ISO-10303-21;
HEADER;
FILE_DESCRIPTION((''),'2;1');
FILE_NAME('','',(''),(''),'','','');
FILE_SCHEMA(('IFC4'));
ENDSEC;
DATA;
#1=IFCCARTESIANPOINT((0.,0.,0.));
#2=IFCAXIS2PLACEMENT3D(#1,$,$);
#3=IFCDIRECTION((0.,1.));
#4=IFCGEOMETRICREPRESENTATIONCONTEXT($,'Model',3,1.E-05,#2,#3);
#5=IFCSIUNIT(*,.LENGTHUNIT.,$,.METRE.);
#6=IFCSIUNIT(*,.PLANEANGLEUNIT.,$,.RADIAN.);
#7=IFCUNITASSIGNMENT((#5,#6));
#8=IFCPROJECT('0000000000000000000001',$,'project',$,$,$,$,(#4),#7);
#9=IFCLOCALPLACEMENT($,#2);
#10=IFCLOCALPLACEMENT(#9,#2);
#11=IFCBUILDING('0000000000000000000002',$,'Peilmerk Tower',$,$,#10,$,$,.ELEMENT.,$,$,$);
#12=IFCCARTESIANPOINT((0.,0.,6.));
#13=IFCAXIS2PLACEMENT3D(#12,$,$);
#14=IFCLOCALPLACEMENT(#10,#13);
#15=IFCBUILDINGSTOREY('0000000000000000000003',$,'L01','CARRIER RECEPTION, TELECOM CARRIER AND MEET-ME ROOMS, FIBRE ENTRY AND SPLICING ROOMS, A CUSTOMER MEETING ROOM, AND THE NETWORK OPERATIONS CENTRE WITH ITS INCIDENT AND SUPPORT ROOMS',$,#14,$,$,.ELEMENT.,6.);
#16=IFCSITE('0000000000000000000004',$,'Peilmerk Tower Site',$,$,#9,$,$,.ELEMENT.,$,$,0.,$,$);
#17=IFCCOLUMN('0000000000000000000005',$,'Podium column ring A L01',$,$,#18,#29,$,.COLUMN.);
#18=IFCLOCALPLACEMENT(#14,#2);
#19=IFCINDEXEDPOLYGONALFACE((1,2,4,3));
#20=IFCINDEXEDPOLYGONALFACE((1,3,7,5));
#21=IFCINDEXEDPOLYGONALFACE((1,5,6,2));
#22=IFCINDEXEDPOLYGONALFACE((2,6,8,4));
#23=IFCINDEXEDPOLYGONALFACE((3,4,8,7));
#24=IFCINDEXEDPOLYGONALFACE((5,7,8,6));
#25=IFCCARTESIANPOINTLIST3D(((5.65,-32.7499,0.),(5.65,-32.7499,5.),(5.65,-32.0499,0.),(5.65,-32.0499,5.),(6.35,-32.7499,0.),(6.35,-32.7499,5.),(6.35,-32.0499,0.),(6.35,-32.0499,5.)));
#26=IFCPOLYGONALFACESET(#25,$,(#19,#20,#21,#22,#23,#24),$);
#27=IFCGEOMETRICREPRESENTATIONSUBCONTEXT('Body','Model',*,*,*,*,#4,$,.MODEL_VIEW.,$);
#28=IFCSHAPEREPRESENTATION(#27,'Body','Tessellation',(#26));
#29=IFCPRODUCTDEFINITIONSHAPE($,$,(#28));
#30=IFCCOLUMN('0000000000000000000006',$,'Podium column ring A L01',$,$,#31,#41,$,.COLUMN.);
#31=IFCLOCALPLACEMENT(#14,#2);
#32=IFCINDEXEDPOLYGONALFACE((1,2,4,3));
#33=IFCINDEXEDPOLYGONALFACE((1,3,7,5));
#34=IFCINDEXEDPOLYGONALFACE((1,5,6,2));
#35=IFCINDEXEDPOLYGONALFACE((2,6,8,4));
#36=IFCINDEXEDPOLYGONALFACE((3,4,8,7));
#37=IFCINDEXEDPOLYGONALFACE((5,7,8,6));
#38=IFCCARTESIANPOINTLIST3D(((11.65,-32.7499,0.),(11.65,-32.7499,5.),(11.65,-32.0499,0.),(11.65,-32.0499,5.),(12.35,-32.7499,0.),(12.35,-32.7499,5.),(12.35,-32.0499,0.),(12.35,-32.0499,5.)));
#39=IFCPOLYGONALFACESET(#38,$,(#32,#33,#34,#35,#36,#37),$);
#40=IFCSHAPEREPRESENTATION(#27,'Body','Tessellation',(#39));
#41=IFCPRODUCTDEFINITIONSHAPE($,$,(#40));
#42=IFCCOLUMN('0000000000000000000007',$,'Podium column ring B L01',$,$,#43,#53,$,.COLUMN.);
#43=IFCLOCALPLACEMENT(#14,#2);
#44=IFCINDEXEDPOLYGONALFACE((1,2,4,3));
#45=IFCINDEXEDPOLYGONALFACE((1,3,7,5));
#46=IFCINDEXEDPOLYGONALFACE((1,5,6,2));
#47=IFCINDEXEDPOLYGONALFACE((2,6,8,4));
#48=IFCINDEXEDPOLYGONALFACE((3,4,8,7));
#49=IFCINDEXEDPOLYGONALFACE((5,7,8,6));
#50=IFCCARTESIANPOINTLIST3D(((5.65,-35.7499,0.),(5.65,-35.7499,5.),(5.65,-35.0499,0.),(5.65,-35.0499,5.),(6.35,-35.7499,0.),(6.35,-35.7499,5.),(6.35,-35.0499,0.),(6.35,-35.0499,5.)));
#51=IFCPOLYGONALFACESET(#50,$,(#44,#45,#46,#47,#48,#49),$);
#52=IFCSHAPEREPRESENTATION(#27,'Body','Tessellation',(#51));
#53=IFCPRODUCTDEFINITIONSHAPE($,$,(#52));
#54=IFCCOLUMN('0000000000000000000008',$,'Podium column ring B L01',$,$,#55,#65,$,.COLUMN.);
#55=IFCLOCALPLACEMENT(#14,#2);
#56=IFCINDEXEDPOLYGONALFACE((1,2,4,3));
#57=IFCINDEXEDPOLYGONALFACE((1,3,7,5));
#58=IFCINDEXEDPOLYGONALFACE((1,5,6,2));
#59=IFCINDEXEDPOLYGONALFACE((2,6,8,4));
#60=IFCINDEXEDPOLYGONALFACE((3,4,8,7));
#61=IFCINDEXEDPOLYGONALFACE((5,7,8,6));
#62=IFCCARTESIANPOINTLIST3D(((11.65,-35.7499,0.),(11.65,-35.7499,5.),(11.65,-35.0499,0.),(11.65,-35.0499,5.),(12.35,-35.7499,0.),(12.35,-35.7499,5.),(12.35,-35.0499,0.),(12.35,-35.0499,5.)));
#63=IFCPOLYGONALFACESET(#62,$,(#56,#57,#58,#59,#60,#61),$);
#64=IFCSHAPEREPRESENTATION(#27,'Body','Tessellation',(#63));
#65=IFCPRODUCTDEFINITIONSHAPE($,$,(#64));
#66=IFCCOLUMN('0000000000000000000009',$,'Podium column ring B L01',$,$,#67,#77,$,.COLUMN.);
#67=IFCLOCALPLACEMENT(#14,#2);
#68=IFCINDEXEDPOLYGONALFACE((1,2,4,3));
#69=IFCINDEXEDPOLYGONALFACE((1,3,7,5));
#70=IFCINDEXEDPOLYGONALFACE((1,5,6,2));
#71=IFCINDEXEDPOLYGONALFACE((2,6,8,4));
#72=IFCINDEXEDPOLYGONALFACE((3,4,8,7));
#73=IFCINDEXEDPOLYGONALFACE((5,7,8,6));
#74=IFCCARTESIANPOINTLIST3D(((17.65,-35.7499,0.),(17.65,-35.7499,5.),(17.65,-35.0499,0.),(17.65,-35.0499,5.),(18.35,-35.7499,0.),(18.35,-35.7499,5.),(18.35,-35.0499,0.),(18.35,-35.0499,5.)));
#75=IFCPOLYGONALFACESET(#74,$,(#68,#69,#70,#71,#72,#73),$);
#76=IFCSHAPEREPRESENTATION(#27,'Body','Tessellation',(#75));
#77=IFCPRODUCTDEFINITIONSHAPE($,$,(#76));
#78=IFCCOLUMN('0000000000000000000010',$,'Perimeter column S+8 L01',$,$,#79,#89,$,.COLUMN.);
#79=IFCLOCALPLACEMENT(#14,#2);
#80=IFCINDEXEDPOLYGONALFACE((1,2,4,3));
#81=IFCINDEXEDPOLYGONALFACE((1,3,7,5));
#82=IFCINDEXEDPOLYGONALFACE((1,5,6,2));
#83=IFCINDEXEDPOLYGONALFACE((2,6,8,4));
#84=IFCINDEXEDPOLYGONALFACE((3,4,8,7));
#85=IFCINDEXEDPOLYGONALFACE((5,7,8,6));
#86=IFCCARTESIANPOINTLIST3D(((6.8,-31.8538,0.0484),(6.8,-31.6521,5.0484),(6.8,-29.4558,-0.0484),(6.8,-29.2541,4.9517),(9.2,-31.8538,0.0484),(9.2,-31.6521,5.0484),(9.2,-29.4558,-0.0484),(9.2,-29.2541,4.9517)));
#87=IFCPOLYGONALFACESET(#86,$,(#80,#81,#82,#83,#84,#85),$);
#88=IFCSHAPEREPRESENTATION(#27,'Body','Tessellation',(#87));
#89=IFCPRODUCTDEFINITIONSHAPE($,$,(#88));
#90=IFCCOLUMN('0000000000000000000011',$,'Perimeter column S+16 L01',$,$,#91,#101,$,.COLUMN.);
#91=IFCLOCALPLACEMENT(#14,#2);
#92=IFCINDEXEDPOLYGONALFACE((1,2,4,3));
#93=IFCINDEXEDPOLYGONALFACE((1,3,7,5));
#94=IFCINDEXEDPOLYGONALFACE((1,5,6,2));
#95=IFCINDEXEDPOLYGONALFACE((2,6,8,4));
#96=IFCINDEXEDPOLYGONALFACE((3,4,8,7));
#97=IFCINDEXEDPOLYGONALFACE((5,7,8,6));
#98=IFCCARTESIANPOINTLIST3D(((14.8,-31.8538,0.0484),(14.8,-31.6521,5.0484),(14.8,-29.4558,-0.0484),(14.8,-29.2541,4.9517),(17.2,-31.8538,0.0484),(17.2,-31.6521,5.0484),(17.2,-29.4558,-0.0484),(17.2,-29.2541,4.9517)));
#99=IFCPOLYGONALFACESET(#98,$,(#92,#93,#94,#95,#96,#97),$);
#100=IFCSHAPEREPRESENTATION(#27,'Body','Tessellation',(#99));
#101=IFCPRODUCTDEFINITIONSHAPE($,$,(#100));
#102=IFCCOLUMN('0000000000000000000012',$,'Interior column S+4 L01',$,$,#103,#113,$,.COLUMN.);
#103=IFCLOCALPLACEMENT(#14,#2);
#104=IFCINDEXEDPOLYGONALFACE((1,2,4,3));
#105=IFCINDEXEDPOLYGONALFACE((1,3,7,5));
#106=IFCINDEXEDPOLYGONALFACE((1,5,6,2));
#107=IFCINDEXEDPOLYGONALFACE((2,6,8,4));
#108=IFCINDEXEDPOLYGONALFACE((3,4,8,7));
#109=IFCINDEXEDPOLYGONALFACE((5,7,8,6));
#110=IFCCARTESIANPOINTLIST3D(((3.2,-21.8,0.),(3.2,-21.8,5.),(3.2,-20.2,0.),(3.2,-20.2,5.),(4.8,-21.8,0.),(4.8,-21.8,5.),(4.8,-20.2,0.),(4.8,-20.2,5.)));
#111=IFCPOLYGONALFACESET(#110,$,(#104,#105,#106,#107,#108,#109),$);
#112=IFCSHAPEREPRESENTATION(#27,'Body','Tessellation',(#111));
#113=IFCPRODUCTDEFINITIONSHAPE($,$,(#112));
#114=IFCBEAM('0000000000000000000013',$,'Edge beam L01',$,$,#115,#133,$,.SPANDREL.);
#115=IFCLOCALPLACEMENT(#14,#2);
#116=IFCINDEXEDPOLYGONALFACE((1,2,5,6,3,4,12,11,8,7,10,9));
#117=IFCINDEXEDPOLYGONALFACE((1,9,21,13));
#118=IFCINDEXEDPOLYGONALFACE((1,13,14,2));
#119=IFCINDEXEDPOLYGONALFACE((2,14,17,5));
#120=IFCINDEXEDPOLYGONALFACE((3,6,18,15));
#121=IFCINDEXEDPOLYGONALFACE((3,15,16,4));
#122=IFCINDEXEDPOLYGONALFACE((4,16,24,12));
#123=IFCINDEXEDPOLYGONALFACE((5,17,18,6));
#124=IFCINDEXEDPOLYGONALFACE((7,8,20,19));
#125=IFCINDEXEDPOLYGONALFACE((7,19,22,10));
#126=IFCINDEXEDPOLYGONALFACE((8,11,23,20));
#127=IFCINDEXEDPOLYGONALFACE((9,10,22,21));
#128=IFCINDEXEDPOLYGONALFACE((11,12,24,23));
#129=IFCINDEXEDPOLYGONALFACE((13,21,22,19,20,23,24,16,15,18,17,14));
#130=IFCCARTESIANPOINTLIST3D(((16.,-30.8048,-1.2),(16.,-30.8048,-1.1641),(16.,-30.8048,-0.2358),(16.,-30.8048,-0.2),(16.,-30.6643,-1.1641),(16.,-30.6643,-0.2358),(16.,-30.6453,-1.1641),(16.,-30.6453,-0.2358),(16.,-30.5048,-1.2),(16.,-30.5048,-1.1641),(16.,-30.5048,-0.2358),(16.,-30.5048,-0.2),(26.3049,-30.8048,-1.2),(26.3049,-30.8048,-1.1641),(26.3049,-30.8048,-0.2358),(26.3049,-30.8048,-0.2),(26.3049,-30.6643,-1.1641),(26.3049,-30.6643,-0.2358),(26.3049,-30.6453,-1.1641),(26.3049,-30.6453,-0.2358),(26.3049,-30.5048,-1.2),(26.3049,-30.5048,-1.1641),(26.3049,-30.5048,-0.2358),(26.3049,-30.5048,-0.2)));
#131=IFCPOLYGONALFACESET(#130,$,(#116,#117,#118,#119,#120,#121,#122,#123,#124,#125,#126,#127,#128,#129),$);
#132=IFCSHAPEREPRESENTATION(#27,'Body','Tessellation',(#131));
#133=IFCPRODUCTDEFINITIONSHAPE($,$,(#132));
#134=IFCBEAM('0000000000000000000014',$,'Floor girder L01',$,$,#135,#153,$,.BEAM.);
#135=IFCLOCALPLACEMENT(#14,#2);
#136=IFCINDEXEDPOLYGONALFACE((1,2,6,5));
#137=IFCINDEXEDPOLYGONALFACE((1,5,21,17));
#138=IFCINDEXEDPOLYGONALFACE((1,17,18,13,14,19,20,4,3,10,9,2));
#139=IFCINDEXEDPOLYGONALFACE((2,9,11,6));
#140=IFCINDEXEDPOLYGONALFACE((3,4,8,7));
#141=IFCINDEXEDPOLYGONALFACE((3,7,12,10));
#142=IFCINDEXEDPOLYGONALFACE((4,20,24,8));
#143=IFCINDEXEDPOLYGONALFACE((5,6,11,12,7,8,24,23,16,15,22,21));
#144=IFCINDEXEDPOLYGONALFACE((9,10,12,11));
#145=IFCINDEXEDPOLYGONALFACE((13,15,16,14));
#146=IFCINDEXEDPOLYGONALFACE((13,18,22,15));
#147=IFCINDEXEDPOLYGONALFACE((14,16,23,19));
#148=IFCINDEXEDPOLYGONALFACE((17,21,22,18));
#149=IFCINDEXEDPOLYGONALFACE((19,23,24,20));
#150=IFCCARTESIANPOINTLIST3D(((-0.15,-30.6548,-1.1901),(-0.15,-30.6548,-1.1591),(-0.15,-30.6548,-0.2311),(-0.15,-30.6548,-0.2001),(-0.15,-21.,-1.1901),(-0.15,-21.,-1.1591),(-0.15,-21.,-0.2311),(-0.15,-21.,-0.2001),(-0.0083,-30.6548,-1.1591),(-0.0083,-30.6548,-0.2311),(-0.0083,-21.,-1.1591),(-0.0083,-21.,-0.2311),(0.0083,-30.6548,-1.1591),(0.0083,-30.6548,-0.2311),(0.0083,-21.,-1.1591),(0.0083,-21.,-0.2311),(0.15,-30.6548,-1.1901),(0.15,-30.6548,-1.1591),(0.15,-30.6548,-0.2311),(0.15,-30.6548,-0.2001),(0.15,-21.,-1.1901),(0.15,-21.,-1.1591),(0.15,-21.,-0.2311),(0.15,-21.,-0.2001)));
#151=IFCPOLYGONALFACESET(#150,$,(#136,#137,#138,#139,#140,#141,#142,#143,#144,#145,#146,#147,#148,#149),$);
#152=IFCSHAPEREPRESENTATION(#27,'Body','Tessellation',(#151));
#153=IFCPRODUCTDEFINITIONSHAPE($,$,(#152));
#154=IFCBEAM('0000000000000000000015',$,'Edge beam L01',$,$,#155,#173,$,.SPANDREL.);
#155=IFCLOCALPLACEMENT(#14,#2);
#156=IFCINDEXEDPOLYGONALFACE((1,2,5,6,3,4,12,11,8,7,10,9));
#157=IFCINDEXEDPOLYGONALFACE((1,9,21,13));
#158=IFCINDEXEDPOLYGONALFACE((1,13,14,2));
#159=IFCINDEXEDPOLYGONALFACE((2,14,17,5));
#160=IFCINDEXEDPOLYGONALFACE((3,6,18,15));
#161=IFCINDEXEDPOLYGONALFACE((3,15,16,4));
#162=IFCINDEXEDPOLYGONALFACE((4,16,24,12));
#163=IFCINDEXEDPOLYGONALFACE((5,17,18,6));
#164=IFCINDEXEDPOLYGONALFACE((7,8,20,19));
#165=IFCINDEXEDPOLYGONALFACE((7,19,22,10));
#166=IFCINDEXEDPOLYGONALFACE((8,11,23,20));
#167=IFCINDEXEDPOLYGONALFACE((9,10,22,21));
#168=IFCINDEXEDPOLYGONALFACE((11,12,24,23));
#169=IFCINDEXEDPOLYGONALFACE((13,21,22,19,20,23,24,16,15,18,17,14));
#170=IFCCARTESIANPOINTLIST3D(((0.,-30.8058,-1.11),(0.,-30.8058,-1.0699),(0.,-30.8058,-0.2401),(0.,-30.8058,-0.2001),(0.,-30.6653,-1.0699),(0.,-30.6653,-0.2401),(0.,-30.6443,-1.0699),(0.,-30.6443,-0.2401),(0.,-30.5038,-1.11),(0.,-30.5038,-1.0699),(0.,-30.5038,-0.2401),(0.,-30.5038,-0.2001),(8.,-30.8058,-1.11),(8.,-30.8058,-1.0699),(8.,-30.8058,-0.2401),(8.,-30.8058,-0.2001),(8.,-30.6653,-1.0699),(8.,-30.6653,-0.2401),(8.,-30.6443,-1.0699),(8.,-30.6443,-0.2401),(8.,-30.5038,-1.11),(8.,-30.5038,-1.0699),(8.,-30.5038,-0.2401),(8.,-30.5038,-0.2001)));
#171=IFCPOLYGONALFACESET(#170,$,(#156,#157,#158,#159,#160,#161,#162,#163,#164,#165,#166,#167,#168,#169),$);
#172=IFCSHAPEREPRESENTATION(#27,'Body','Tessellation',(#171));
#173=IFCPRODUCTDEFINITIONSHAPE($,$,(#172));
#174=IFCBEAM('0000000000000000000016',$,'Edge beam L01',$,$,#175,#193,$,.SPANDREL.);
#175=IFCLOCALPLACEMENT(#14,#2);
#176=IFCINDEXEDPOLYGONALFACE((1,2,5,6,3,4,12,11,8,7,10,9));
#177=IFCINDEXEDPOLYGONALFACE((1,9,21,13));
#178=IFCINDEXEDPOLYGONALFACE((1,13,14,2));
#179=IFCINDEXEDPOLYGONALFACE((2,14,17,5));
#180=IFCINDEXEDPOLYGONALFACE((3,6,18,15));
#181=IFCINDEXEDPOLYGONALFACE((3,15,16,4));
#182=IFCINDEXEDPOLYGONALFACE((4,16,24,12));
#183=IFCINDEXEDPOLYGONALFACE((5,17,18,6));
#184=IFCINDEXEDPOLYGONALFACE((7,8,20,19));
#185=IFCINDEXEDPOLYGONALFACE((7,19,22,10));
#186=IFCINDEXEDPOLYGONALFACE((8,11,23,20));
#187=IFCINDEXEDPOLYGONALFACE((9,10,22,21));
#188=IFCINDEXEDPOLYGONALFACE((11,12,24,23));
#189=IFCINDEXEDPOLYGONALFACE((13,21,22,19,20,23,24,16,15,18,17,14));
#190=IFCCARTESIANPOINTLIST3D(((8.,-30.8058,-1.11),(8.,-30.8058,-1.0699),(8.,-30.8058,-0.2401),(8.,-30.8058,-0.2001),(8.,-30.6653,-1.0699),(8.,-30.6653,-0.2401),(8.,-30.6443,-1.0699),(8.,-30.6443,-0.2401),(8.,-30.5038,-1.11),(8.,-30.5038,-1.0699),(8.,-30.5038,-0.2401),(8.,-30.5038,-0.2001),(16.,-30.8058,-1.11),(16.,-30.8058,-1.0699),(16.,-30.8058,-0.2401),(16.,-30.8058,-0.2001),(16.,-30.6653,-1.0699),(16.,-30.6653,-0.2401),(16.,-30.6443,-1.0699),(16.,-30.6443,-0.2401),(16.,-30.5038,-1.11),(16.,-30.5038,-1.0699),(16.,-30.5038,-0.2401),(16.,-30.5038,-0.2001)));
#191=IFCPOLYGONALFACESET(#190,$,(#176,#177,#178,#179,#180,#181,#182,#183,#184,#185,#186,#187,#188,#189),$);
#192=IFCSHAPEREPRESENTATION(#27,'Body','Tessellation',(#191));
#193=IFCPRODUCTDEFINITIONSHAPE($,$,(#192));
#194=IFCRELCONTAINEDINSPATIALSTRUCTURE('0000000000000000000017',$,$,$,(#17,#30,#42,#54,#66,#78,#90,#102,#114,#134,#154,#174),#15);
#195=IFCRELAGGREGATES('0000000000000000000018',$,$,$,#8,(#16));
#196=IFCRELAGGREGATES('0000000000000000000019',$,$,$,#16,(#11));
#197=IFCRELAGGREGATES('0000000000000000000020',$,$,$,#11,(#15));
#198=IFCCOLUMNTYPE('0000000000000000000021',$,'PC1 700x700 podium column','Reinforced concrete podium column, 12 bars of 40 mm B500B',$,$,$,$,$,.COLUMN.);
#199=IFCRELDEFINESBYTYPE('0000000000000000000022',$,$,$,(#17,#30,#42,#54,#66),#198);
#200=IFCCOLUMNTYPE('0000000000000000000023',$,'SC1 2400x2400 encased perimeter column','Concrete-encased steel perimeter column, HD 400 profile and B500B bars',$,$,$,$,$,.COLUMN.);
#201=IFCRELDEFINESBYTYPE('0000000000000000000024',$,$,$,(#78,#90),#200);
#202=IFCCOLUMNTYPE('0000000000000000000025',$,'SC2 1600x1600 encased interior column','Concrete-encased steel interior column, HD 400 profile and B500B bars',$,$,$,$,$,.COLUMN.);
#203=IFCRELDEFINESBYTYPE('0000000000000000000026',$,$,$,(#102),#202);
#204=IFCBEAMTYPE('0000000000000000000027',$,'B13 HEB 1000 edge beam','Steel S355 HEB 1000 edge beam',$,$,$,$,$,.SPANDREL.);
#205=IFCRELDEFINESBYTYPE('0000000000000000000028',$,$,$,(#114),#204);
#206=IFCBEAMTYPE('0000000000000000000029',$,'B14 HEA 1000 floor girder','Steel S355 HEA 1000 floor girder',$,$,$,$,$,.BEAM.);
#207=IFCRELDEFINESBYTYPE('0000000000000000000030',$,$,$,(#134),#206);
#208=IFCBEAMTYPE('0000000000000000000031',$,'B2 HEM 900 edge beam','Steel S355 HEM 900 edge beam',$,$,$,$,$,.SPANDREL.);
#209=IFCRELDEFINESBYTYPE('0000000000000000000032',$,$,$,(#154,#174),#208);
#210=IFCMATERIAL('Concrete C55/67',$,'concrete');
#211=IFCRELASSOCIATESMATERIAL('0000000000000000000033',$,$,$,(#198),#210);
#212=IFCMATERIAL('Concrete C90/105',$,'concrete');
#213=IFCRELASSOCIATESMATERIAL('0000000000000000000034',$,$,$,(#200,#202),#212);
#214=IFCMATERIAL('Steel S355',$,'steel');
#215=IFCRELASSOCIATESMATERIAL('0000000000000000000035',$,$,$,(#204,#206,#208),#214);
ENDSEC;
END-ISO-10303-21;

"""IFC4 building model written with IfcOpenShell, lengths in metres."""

from ifc_helpers import new_model, si_unit, direction, frame, origin, origin_2d, place, context, subcontext, project, spatial, rectangle, i_section, extrude, material, material_profile, profile_set, type_object, element, save


model = new_model("IFC4")

# Units and contexts
model_context = context("Model", 3, precision=1e-05, world=origin(), true_north=direction((0.0, 1.0)))
body_context = subcontext(model_context, "Body", "Model", "MODEL_VIEW")
ifc_project = project(units=[si_unit("LENGTHUNIT", "METRE"), si_unit("PLANEANGLEUNIT", "RADIAN")], contexts=[model_context])

# Site, building, storey
site_placement = place(None, origin())
site = spatial("IfcSite", under=ifc_project, at=site_placement, Name="Peilmerk Tower Site", CompositionType="ELEMENT", RefElevation=0.0)
building_placement = place(site_placement, origin())
building = spatial("IfcBuilding", under=site, at=building_placement, Name="Peilmerk Tower", CompositionType="ELEMENT")
storey_placement = place(building_placement, frame((0.0, 0.0, 6.0)))
storey = spatial("IfcBuildingStorey", under=building, at=storey_placement, Name="L01", Description="CARRIER RECEPTION, TELECOM CARRIER AND MEET-ME ROOMS, FIBRE ENTRY AND SPLICING ROOMS, A CUSTOMER MEETING ROOM, AND THE NETWORK OPERATIONS CENTRE WITH ITS INCIDENT AND SUPPORT ROOMS", CompositionType="ELEMENT", Elevation=6.0)

# Columns
ifc_material_1 = material(Name="Concrete C55/67", Category="concrete")
ifc_material_profile_1 = material_profile(ifc_material_1, rectangle(XDim=0.7, YDim=0.7, at=origin_2d()), Name="RC 700x700")
ifc_profile_set_1 = profile_set([ifc_material_profile_1], Name="Concrete C55/67")
column_type_1 = type_object("IfcColumnType", Name="PC1 700x700 podium column", Description="Reinforced concrete podium column, 12 bars of 40 mm B500B", PredefinedType="COLUMN", material=ifc_profile_set_1)
for number, where, z_axis, x_axis, name in (
    (1, (6.0, -32.3999, 0.0), (0.0, 0.0, 1.0), (1.0, 0.0, 0.0), "Podium column ring A L01"),
    (2, (12.0, -32.3999, 0.0), (0.0, 0.0, 1.0), (1.0, 0.0, 0.0), "Podium column ring A L01"),
    (3, (6.0, -35.3999, 0.0), (0.0, 0.0, 1.0), (1.0, 0.0, 0.0), "Podium column ring B L01"),
    (4, (12.0, -35.3999, 0.0), (0.0, 0.0, 1.0), (1.0, 0.0, 0.0), "Podium column ring B L01"),
    (5, (18.0, -35.3999, 0.0), (0.0, 0.0, 1.0), (1.0, 0.0, 0.0), "Podium column ring B L01"),
):
    element("IfcColumn", number, at=place(storey_placement, frame(where, z_axis=z_axis, x_axis=x_axis)), inside=storey, type_object=column_type_1, Name=name, PredefinedType="COLUMN", context=body_context, shape_type="SweptSolid", body=[
        extrude(rectangle(XDim=0.7, YDim=0.7, at=origin_2d()), origin(), (0.0, 0.0, 1.0), 5.0),
    ])
ifc_material_2 = material(Name="Concrete C90/105", Category="concrete")
ifc_material_profile_2 = material_profile(ifc_material_2, rectangle(XDim=2.3999, YDim=2.3999, at=origin_2d()), Name="RC 2400x2400")
ifc_profile_set_2 = profile_set([ifc_material_profile_2], Name="Concrete C90/105")
column_type_2 = type_object("IfcColumnType", Name="SC1 2400x2400 encased perimeter column", Description="Concrete-encased steel perimeter column, HD 400 profile and B500B bars", PredefinedType="COLUMN", material=ifc_profile_set_2)
for number, where, z_axis, x_axis, name in (
    (6, (8.0, -30.6548, 0.0), (0.0, 0.040299, 0.999188), (-1.0, 0.0, 0.0), "Perimeter column S+8 L01"),
    (7, (16.0, -30.6548, 0.0), (0.0, 0.040299, 0.999188), (-1.0, 0.0, 0.0), "Perimeter column S+16 L01"),
):
    element("IfcColumn", number, at=place(storey_placement, frame(where, z_axis=z_axis, x_axis=x_axis)), inside=storey, type_object=column_type_2, Name=name, PredefinedType="COLUMN", context=body_context, shape_type="SweptSolid", body=[
        extrude(rectangle(XDim=2.3999, YDim=2.3999, at=origin_2d()), origin(), (0.0, 0.0, 1.0), 5.0042),
    ])
ifc_material_profile_3 = material_profile(ifc_material_2, rectangle(XDim=1.6001, YDim=1.6001, at=origin_2d()), Name="RC 1600x1600")
ifc_profile_set_3 = profile_set([ifc_material_profile_3], Name="Concrete C90/105")
column_type_3 = type_object("IfcColumnType", Name="SC2 1600x1600 encased interior column", Description="Concrete-encased steel interior column, HD 400 profile and B500B bars", PredefinedType="COLUMN", material=ifc_profile_set_3)
column_placement = place(storey_placement, frame((4.0, -21.0, 0.0), z_axis=(0.0, 0.0, 1.0), x_axis=(1.0, 0.0, 0.0)))
element("IfcColumn", 8, at=column_placement, inside=storey, type_object=column_type_3, Name="Interior column S+4 L01", PredefinedType="COLUMN", context=body_context, shape_type="SweptSolid", body=[
    extrude(rectangle(XDim=1.6001, YDim=1.6001, at=origin_2d()), origin(), (0.0, 0.0, 1.0), 5.0),
])

# Beams
ifc_material_3 = material(Name="Steel S355", Category="steel")
ifc_material_profile_4 = material_profile(ifc_material_3, i_section(OverallWidth=0.3, OverallDepth=1.0, WebThickness=0.019, FlangeThickness=0.0359, at=origin_2d()), Name="HEB 1000")
ifc_profile_set_4 = profile_set([ifc_material_profile_4], Name="Steel S355")
beam_type_1 = type_object("IfcBeamType", Name="B13 HEB 1000 edge beam", Description="Steel S355 HEB 1000 edge beam", PredefinedType="SPANDREL", material=ifc_profile_set_4)
beam_1_placement = place(storey_placement, frame((16.0, -30.6548, -0.7), z_axis=(1.0, 0.0, 0.0), x_axis=(0.0, 1.0, 0.0)))
element("IfcBeam", 9, at=beam_1_placement, inside=storey, type_object=beam_type_1, Name="Edge beam L01", PredefinedType="SPANDREL", context=body_context, shape_type="SweptSolid", body=[
    extrude(i_section(OverallWidth=0.3, OverallDepth=1.0, WebThickness=0.019, FlangeThickness=0.0359, at=origin_2d()), origin(), (0.0, 0.0, 1.0), 10.3049),
])
ifc_material_profile_5 = material_profile(ifc_material_3, i_section(OverallWidth=0.3, OverallDepth=0.99, WebThickness=0.0166, FlangeThickness=0.031, at=origin_2d()), Name="HEA 1000")
ifc_profile_set_5 = profile_set([ifc_material_profile_5], Name="Steel S355")
beam_type_2 = type_object("IfcBeamType", Name="B14 HEA 1000 floor girder", Description="Steel S355 HEA 1000 floor girder", PredefinedType="BEAM", material=ifc_profile_set_5)
beam_2_placement = place(storey_placement, frame((0.0, -21.0, -0.6951), z_axis=(0.0, -1.0, 0.0), x_axis=(1.0, 0.0, 0.0)))
element("IfcBeam", 10, at=beam_2_placement, inside=storey, type_object=beam_type_2, Name="Floor girder L01", PredefinedType="BEAM", context=body_context, shape_type="SweptSolid", body=[
    extrude(i_section(OverallWidth=0.3, OverallDepth=0.99, WebThickness=0.0166, FlangeThickness=0.031, at=origin_2d()), origin(), (0.0, 0.0, 1.0), 9.6548),
])
ifc_material_profile_6 = material_profile(ifc_material_3, i_section(OverallWidth=0.302, OverallDepth=0.9099, WebThickness=0.021, FlangeThickness=0.04, at=origin_2d()), Name="HEM 900")
ifc_profile_set_6 = profile_set([ifc_material_profile_6], Name="Steel S355")
beam_type_3 = type_object("IfcBeamType", Name="B2 HEM 900 edge beam", Description="Steel S355 HEM 900 edge beam", PredefinedType="SPANDREL", material=ifc_profile_set_6)
for number, where, z_axis, x_axis, name in (
    (11, (0.0, -30.6548, -0.655), (1.0, 0.0, 0.0), (0.0, 1.0, 0.0), "Edge beam L01"),
    (12, (8.0, -30.6548, -0.655), (1.0, 0.0, 0.0), (0.0, 1.0, 0.0), "Edge beam L01"),
):
    element("IfcBeam", number, at=place(storey_placement, frame(where, z_axis=z_axis, x_axis=x_axis)), inside=storey, type_object=beam_type_3, Name=name, PredefinedType="SPANDREL", context=body_context, shape_type="SweptSolid", body=[
        extrude(i_section(OverallWidth=0.302, OverallDepth=0.9099, WebThickness=0.021, FlangeThickness=0.04, at=origin_2d()), origin(), (0.0, 0.0, 1.0), 8.0),
    ])

save(model, "model.ifc")
